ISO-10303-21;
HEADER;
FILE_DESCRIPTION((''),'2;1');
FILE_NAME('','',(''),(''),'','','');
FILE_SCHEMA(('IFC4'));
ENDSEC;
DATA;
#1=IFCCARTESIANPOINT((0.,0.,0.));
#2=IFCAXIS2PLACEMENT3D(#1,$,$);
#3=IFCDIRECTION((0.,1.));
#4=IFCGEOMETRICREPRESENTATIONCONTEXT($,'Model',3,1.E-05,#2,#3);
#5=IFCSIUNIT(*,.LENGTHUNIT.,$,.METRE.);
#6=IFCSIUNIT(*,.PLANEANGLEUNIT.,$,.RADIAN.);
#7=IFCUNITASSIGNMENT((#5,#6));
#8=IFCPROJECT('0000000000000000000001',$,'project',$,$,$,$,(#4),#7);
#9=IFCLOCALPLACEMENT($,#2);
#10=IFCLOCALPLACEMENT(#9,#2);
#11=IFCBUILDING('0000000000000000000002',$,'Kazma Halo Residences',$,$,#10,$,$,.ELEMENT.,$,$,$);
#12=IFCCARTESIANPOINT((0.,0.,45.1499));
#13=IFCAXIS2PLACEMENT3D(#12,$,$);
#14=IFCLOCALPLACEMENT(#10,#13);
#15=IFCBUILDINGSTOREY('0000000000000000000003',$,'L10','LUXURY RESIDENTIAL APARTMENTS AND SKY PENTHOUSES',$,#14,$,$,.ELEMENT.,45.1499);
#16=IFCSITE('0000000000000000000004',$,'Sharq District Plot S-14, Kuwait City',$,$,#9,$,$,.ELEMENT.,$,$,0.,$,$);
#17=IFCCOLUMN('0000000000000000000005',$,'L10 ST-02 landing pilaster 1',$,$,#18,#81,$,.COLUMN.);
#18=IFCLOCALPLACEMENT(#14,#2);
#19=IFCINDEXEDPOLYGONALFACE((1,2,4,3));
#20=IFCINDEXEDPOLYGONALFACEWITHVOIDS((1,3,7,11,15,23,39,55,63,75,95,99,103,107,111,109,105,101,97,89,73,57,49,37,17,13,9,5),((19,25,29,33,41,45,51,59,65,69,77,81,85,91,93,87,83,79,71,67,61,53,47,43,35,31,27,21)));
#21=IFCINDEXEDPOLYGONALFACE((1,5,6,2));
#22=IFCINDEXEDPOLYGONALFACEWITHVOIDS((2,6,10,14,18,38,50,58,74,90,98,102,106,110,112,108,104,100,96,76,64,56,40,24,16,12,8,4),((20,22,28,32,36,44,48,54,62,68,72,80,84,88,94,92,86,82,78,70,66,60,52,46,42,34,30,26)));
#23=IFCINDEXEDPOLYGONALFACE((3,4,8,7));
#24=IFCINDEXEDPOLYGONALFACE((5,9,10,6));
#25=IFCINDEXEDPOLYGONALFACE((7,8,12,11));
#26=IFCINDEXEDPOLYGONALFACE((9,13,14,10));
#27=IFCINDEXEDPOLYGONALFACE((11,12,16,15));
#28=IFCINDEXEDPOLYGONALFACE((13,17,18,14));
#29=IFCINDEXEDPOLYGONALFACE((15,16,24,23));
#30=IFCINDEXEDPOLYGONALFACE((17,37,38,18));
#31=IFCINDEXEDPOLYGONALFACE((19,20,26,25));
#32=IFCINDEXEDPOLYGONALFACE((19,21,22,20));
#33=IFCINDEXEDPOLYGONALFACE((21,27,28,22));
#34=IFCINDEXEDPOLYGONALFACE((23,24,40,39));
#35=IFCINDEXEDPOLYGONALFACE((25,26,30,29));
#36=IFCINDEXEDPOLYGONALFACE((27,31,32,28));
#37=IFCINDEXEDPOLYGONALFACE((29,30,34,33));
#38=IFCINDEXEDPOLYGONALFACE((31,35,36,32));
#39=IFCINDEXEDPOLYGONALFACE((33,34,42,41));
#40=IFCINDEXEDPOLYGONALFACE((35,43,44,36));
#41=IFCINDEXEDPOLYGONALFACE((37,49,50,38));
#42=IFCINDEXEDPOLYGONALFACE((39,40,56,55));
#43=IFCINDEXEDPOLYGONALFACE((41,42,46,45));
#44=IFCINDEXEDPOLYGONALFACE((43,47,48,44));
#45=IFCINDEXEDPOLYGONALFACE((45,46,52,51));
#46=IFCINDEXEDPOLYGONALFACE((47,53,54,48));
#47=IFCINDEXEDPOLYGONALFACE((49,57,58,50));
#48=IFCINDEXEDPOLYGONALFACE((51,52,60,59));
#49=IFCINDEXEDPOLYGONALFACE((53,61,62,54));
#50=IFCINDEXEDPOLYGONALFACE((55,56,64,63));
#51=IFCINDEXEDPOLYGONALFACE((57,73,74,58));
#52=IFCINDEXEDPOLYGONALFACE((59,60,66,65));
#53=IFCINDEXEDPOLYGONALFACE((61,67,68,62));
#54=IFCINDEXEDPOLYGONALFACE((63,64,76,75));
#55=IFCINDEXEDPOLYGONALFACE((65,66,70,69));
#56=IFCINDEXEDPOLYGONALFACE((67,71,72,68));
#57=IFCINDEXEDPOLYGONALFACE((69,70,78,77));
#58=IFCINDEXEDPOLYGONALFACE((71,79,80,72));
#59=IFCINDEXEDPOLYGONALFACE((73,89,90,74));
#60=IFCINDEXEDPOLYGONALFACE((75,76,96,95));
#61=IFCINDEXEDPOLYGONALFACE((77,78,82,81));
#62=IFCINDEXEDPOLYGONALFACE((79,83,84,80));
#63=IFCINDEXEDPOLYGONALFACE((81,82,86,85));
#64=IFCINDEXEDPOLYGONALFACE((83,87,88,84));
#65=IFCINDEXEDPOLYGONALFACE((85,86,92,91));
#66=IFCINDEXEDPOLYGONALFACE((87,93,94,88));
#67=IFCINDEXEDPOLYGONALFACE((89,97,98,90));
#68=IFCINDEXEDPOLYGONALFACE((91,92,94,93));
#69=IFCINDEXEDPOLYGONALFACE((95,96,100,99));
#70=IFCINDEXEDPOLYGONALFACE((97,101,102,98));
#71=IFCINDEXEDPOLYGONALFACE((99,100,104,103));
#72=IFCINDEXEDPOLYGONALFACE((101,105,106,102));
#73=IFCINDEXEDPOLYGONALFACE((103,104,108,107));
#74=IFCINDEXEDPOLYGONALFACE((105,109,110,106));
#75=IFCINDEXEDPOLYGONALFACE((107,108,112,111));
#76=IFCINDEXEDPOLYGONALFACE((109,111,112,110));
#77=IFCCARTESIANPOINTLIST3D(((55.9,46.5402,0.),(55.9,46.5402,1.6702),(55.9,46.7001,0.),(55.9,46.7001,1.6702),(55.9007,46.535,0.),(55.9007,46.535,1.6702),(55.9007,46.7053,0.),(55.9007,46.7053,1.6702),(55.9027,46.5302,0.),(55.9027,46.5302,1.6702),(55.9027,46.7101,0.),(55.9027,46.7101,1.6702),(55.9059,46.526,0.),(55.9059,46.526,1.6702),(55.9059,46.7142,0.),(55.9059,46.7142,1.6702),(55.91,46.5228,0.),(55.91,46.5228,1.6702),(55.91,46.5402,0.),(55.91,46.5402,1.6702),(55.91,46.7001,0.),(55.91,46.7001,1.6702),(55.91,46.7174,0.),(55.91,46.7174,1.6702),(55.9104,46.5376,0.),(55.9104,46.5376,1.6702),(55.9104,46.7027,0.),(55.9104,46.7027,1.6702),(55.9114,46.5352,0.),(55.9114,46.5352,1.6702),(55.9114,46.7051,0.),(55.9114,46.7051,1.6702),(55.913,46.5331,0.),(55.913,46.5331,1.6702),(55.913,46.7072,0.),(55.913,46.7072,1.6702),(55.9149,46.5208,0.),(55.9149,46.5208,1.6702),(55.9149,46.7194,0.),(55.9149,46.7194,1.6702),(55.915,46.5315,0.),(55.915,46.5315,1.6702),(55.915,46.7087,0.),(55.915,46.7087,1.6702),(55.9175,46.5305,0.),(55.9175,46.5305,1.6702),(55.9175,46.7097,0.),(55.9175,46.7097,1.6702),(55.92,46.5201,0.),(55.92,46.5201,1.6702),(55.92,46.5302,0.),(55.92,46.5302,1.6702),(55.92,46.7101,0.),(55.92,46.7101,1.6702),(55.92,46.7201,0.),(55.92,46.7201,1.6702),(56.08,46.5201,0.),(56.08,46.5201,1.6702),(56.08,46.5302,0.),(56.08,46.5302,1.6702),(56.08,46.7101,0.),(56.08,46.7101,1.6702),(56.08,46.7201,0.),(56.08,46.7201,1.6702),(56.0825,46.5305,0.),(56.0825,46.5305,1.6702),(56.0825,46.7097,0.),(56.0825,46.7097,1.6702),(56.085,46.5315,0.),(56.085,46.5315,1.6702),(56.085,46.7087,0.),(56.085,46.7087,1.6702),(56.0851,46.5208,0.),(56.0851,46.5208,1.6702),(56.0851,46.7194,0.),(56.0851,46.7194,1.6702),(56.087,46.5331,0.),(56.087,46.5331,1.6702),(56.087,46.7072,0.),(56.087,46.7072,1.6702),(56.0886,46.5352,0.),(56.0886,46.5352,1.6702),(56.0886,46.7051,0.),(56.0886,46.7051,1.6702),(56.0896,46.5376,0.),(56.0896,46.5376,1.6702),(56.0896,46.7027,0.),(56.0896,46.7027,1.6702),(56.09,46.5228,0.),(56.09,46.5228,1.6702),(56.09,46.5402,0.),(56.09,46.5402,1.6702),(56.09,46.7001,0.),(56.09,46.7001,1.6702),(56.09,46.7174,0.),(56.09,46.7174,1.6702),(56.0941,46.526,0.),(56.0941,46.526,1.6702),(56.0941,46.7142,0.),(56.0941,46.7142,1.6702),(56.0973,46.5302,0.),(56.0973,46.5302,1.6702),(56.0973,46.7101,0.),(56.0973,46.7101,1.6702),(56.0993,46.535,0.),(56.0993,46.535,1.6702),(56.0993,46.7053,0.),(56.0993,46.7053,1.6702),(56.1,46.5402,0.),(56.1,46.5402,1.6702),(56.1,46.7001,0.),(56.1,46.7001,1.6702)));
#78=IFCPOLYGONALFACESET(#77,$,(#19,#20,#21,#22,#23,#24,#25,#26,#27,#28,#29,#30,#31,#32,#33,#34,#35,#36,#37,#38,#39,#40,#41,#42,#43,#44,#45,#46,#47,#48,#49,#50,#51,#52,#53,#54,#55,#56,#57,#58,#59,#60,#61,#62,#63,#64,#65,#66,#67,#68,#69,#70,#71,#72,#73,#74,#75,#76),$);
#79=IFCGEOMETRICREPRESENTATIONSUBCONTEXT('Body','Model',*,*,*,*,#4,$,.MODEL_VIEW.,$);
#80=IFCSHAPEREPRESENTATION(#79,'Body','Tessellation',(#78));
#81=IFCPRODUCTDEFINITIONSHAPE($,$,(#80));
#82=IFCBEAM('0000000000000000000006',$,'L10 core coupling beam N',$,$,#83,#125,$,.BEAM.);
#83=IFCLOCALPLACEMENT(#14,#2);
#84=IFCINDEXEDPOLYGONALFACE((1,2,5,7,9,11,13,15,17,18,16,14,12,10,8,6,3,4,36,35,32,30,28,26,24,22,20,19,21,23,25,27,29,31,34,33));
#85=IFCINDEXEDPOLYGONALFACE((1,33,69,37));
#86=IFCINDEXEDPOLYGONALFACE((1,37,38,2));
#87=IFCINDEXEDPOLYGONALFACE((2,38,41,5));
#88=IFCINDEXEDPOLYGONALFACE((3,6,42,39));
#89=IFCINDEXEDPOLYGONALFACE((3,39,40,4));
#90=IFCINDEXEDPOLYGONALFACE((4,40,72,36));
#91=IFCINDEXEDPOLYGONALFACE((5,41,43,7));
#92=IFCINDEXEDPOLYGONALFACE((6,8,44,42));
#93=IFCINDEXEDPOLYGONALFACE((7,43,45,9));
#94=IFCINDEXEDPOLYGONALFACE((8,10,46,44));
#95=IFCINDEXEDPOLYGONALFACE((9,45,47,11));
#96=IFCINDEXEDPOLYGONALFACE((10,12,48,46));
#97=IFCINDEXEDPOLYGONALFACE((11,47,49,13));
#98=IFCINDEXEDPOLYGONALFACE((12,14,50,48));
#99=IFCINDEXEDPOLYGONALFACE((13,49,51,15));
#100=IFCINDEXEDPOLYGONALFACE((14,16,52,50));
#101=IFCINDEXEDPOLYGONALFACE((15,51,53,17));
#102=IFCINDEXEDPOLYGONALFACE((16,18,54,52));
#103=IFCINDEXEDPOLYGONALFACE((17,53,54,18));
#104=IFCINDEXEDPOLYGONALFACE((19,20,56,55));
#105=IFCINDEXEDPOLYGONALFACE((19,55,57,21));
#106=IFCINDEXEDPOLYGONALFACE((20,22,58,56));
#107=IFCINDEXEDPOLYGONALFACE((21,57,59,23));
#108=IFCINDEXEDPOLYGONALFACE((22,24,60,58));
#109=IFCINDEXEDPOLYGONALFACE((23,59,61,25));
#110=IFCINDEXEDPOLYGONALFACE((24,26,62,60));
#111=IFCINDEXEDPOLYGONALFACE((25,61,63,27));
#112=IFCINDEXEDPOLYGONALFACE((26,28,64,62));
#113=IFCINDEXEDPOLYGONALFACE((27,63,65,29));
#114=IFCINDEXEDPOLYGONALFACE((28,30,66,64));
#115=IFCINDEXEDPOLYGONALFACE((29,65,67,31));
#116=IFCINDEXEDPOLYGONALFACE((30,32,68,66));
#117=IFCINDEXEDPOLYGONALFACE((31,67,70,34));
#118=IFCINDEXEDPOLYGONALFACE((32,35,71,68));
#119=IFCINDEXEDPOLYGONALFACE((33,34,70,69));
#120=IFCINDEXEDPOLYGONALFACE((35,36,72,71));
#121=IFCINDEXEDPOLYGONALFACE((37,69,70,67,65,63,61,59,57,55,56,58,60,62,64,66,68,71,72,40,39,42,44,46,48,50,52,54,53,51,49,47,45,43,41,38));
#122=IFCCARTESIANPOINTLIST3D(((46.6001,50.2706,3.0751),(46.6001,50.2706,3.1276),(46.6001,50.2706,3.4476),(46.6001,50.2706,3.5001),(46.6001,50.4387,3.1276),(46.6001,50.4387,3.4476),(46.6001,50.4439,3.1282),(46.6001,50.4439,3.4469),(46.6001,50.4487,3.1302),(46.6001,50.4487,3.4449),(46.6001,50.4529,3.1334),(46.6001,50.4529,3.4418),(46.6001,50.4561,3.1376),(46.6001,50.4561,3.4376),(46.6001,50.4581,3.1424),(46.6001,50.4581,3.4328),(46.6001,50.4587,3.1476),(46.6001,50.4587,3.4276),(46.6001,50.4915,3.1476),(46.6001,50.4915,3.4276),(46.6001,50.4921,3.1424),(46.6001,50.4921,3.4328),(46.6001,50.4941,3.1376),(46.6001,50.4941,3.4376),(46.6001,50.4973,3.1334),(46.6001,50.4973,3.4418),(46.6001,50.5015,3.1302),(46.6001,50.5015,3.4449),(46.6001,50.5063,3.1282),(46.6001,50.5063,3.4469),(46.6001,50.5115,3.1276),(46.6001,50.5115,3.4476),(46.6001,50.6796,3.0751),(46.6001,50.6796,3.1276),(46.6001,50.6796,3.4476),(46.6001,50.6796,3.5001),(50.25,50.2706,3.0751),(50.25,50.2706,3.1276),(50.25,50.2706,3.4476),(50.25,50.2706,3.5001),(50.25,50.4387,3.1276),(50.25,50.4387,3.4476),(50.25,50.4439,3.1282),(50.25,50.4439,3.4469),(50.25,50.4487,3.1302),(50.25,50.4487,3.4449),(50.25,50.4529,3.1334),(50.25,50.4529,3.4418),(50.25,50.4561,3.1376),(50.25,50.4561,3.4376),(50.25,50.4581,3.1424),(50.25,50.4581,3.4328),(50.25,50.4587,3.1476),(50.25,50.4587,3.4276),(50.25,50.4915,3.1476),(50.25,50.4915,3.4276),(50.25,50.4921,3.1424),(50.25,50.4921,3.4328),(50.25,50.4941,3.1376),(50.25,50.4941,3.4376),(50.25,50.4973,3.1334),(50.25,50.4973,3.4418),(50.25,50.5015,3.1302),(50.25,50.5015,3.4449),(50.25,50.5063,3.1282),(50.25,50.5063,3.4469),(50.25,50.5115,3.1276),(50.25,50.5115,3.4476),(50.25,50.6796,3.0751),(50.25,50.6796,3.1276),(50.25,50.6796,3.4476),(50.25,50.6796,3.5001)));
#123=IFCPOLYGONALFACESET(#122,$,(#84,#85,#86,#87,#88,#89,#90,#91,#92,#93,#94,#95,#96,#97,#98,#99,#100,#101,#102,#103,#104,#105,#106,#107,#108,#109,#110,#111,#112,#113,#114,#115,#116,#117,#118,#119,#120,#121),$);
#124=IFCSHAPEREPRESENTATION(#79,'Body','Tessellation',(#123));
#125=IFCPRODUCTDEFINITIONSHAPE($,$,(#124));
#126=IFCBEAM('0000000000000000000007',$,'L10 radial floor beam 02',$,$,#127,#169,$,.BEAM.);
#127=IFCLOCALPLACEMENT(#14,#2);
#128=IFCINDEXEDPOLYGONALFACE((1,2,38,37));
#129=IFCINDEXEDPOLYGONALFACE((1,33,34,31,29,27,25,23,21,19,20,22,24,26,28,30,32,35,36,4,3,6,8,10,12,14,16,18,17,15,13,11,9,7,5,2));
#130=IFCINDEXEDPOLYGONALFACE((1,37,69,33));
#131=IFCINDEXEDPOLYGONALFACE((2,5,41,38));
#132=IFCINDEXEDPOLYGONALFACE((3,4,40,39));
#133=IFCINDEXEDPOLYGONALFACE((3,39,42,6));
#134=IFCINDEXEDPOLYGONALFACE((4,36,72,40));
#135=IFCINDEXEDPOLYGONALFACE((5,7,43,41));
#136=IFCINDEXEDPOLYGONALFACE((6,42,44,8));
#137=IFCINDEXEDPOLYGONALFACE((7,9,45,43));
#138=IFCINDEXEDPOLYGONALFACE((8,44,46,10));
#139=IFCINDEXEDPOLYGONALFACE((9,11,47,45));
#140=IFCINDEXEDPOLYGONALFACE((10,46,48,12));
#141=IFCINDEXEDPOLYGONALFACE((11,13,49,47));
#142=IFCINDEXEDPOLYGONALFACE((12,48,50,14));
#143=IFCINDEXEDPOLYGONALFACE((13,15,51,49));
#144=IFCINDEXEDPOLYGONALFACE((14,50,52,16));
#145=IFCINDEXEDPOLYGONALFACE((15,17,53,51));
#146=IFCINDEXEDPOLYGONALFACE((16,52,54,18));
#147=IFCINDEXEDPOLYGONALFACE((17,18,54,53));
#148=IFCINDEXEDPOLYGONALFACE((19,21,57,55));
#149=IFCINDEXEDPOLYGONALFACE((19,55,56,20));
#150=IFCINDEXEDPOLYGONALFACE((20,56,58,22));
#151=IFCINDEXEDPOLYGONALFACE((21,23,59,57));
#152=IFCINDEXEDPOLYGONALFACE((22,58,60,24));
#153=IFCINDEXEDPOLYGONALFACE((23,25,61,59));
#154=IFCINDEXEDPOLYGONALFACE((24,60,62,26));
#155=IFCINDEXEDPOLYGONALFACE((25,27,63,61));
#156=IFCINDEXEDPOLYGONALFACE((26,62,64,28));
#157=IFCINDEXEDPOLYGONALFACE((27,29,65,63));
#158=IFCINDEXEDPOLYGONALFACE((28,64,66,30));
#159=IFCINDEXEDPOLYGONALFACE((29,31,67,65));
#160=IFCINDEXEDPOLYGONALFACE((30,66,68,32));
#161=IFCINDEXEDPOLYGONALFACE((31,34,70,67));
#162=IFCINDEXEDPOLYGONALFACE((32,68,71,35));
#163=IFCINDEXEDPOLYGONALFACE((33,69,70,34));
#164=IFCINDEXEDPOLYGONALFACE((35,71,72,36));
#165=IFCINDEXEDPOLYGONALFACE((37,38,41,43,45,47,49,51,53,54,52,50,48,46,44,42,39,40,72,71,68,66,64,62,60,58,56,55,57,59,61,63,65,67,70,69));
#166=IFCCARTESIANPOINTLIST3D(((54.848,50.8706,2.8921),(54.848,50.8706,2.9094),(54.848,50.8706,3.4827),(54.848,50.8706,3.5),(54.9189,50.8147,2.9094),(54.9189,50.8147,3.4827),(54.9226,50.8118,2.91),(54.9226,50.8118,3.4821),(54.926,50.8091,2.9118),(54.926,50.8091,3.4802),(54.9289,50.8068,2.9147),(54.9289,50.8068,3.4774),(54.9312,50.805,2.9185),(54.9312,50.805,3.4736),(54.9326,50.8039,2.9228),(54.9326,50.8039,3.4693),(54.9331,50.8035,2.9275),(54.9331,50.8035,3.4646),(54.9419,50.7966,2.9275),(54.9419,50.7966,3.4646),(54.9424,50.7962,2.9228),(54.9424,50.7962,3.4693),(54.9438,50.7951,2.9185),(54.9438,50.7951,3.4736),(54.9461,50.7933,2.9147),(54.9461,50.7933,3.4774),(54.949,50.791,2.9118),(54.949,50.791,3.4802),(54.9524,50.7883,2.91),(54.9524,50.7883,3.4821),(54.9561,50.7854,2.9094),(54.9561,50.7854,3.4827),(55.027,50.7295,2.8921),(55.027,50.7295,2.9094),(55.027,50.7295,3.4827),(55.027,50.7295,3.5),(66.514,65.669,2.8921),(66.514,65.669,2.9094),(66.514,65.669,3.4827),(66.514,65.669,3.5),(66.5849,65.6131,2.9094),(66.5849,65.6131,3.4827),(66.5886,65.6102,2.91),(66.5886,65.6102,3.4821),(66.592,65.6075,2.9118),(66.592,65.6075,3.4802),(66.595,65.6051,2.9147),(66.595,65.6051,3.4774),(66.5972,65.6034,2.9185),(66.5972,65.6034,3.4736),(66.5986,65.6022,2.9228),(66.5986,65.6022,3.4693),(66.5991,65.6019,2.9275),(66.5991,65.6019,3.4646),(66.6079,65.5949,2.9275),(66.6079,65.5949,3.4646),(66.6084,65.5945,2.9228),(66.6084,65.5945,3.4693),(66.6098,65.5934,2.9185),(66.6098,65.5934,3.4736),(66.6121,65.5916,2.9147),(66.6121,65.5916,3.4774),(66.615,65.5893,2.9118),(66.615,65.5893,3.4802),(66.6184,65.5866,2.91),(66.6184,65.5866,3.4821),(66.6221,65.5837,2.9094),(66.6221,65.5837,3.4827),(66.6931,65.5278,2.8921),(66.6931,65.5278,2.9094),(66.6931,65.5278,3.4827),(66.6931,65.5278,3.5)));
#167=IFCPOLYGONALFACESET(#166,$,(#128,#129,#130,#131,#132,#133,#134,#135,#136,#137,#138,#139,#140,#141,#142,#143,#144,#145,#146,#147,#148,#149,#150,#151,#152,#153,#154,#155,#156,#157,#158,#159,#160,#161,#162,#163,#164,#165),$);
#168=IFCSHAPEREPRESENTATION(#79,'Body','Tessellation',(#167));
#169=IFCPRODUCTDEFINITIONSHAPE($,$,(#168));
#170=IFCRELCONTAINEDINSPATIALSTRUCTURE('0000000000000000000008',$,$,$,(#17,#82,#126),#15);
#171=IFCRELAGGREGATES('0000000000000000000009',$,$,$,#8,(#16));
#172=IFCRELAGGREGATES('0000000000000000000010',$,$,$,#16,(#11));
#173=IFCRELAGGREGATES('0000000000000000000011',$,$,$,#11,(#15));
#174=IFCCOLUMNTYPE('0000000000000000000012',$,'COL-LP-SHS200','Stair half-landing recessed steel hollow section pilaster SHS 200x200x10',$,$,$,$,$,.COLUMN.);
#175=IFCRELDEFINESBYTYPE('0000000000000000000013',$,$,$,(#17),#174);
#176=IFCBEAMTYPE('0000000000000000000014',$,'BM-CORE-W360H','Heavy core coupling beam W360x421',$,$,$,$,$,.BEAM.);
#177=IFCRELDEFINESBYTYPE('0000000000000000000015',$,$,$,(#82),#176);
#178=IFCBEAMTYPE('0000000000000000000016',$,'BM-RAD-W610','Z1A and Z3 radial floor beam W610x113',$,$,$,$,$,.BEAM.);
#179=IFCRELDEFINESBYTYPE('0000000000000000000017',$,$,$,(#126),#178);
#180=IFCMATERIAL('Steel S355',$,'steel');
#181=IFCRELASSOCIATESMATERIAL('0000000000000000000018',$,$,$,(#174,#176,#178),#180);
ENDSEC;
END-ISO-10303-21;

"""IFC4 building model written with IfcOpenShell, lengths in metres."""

from ifc_helpers import new_model, si_unit, direction, frame, origin, origin_2d, place, context, subcontext, project, spatial, hollow_rectangle, i_section, extrude, material, material_profile, profile_set, type_object, element, save


model = new_model("IFC4")

# Units and contexts
model_context = context("Model", 3, precision=1e-05, world=origin(), true_north=direction((0.0, 1.0)))
body_context = subcontext(model_context, "Body", "Model", "MODEL_VIEW")
ifc_project = project(units=[si_unit("LENGTHUNIT", "METRE"), si_unit("PLANEANGLEUNIT", "RADIAN")], contexts=[model_context])

# Site, building, storey
site_placement = place(None, origin())
site = spatial("IfcSite", under=ifc_project, at=site_placement, Name="Sharq District Plot S-14, Kuwait City", CompositionType="ELEMENT", RefElevation=0.0)
building_placement = place(site_placement, origin())
building = spatial("IfcBuilding", under=site, at=building_placement, Name="Kazma Halo Residences", CompositionType="ELEMENT")
storey_placement = place(building_placement, frame((0.0, 0.0, 45.1499)))
storey = spatial("IfcBuildingStorey", under=building, at=storey_placement, Name="L10", Description="LUXURY RESIDENTIAL APARTMENTS AND SKY PENTHOUSES", CompositionType="ELEMENT", Elevation=45.1499)

# Column
ifc_material_1 = material(Name="Steel S355", Category="steel")
ifc_material_profile_1 = material_profile(ifc_material_1, hollow_rectangle(XDim=0.2, YDim=0.2, WallThickness=0.01, InnerFilletRadius=0.01, OuterFilletRadius=0.02, at=origin_2d()), Name="SHS200x200x10")
ifc_profile_set_1 = profile_set([ifc_material_profile_1], Name="Steel S355")
column_type = type_object("IfcColumnType", Name="COL-LP-SHS200", Description="Stair half-landing recessed steel hollow section pilaster SHS 200x200x10", PredefinedType="COLUMN", material=ifc_profile_set_1)
column_placement = place(storey_placement, frame((56.0, 46.6201, 0.0), z_axis=(0.0, 0.0, 1.0), x_axis=(1.0, 0.0, 0.0)))
element("IfcColumn", 1, at=column_placement, inside=storey, type_object=column_type, Name="L10 ST-02 landing pilaster 1", PredefinedType="COLUMN", context=body_context, shape_type="SweptSolid", body=[
    extrude(hollow_rectangle(XDim=0.2, YDim=0.2, WallThickness=0.01, InnerFilletRadius=0.01, OuterFilletRadius=0.02, at=origin_2d()), origin(), (0.0, 0.0, 1.0), 1.6702),
])

# Beams
ifc_material_profile_2 = material_profile(ifc_material_1, i_section(OverallWidth=0.4089, OverallDepth=0.425, WebThickness=0.0327, FlangeThickness=0.0525, FilletRadius=0.02, at=origin_2d()), Name="W360x421")
ifc_profile_set_2 = profile_set([ifc_material_profile_2], Name="Steel S355")
beam_type_1 = type_object("IfcBeamType", Name="BM-CORE-W360H", Description="Heavy core coupling beam W360x421", PredefinedType="BEAM", material=ifc_profile_set_2)
beam_1_placement = place(storey_placement, frame((46.6001, 50.4751, 3.2876), z_axis=(1.0, 0.0, 0.0), x_axis=(0.0, 1.0, 0.0)))
element("IfcBeam", 2, at=beam_1_placement, inside=storey, type_object=beam_type_1, Name="L10 core coupling beam N", PredefinedType="BEAM", context=body_context, shape_type="SweptSolid", body=[
    extrude(i_section(OverallWidth=0.4089, OverallDepth=0.425, WebThickness=0.0327, FlangeThickness=0.0525, FilletRadius=0.02, at=origin_2d()), origin(), (0.0, 0.0, 1.0), 3.6499),
])
ifc_material_profile_3 = material_profile(ifc_material_1, i_section(OverallWidth=0.228, OverallDepth=0.6079, WebThickness=0.0112, FlangeThickness=0.0173, FilletRadius=0.0181, at=origin_2d()), Name="W610x113")
ifc_profile_set_3 = profile_set([ifc_material_profile_3], Name="Steel S355")
beam_type_2 = type_object("IfcBeamType", Name="BM-RAD-W610", Description="Z1A and Z3 radial floor beam W610x113", PredefinedType="BEAM", material=ifc_profile_set_3)
beam_2_placement = place(storey_placement, frame((54.9375, 50.8, 3.196), z_axis=(0.619092, 0.785318, 0.0), x_axis=(-0.785318, 0.619092, 0.0)))
element("IfcBeam", 3, at=beam_2_placement, inside=storey, type_object=beam_type_2, Name="L10 radial floor beam 02", PredefinedType="BEAM", context=body_context, shape_type="SweptSolid", body=[
    extrude(i_section(OverallWidth=0.228, OverallDepth=0.6079, WebThickness=0.0112, FlangeThickness=0.0173, FilletRadius=0.0181, at=origin_2d()), origin(), (0.0, 0.0, 1.0), 18.8438),
])

save(model, "model.ifc")
